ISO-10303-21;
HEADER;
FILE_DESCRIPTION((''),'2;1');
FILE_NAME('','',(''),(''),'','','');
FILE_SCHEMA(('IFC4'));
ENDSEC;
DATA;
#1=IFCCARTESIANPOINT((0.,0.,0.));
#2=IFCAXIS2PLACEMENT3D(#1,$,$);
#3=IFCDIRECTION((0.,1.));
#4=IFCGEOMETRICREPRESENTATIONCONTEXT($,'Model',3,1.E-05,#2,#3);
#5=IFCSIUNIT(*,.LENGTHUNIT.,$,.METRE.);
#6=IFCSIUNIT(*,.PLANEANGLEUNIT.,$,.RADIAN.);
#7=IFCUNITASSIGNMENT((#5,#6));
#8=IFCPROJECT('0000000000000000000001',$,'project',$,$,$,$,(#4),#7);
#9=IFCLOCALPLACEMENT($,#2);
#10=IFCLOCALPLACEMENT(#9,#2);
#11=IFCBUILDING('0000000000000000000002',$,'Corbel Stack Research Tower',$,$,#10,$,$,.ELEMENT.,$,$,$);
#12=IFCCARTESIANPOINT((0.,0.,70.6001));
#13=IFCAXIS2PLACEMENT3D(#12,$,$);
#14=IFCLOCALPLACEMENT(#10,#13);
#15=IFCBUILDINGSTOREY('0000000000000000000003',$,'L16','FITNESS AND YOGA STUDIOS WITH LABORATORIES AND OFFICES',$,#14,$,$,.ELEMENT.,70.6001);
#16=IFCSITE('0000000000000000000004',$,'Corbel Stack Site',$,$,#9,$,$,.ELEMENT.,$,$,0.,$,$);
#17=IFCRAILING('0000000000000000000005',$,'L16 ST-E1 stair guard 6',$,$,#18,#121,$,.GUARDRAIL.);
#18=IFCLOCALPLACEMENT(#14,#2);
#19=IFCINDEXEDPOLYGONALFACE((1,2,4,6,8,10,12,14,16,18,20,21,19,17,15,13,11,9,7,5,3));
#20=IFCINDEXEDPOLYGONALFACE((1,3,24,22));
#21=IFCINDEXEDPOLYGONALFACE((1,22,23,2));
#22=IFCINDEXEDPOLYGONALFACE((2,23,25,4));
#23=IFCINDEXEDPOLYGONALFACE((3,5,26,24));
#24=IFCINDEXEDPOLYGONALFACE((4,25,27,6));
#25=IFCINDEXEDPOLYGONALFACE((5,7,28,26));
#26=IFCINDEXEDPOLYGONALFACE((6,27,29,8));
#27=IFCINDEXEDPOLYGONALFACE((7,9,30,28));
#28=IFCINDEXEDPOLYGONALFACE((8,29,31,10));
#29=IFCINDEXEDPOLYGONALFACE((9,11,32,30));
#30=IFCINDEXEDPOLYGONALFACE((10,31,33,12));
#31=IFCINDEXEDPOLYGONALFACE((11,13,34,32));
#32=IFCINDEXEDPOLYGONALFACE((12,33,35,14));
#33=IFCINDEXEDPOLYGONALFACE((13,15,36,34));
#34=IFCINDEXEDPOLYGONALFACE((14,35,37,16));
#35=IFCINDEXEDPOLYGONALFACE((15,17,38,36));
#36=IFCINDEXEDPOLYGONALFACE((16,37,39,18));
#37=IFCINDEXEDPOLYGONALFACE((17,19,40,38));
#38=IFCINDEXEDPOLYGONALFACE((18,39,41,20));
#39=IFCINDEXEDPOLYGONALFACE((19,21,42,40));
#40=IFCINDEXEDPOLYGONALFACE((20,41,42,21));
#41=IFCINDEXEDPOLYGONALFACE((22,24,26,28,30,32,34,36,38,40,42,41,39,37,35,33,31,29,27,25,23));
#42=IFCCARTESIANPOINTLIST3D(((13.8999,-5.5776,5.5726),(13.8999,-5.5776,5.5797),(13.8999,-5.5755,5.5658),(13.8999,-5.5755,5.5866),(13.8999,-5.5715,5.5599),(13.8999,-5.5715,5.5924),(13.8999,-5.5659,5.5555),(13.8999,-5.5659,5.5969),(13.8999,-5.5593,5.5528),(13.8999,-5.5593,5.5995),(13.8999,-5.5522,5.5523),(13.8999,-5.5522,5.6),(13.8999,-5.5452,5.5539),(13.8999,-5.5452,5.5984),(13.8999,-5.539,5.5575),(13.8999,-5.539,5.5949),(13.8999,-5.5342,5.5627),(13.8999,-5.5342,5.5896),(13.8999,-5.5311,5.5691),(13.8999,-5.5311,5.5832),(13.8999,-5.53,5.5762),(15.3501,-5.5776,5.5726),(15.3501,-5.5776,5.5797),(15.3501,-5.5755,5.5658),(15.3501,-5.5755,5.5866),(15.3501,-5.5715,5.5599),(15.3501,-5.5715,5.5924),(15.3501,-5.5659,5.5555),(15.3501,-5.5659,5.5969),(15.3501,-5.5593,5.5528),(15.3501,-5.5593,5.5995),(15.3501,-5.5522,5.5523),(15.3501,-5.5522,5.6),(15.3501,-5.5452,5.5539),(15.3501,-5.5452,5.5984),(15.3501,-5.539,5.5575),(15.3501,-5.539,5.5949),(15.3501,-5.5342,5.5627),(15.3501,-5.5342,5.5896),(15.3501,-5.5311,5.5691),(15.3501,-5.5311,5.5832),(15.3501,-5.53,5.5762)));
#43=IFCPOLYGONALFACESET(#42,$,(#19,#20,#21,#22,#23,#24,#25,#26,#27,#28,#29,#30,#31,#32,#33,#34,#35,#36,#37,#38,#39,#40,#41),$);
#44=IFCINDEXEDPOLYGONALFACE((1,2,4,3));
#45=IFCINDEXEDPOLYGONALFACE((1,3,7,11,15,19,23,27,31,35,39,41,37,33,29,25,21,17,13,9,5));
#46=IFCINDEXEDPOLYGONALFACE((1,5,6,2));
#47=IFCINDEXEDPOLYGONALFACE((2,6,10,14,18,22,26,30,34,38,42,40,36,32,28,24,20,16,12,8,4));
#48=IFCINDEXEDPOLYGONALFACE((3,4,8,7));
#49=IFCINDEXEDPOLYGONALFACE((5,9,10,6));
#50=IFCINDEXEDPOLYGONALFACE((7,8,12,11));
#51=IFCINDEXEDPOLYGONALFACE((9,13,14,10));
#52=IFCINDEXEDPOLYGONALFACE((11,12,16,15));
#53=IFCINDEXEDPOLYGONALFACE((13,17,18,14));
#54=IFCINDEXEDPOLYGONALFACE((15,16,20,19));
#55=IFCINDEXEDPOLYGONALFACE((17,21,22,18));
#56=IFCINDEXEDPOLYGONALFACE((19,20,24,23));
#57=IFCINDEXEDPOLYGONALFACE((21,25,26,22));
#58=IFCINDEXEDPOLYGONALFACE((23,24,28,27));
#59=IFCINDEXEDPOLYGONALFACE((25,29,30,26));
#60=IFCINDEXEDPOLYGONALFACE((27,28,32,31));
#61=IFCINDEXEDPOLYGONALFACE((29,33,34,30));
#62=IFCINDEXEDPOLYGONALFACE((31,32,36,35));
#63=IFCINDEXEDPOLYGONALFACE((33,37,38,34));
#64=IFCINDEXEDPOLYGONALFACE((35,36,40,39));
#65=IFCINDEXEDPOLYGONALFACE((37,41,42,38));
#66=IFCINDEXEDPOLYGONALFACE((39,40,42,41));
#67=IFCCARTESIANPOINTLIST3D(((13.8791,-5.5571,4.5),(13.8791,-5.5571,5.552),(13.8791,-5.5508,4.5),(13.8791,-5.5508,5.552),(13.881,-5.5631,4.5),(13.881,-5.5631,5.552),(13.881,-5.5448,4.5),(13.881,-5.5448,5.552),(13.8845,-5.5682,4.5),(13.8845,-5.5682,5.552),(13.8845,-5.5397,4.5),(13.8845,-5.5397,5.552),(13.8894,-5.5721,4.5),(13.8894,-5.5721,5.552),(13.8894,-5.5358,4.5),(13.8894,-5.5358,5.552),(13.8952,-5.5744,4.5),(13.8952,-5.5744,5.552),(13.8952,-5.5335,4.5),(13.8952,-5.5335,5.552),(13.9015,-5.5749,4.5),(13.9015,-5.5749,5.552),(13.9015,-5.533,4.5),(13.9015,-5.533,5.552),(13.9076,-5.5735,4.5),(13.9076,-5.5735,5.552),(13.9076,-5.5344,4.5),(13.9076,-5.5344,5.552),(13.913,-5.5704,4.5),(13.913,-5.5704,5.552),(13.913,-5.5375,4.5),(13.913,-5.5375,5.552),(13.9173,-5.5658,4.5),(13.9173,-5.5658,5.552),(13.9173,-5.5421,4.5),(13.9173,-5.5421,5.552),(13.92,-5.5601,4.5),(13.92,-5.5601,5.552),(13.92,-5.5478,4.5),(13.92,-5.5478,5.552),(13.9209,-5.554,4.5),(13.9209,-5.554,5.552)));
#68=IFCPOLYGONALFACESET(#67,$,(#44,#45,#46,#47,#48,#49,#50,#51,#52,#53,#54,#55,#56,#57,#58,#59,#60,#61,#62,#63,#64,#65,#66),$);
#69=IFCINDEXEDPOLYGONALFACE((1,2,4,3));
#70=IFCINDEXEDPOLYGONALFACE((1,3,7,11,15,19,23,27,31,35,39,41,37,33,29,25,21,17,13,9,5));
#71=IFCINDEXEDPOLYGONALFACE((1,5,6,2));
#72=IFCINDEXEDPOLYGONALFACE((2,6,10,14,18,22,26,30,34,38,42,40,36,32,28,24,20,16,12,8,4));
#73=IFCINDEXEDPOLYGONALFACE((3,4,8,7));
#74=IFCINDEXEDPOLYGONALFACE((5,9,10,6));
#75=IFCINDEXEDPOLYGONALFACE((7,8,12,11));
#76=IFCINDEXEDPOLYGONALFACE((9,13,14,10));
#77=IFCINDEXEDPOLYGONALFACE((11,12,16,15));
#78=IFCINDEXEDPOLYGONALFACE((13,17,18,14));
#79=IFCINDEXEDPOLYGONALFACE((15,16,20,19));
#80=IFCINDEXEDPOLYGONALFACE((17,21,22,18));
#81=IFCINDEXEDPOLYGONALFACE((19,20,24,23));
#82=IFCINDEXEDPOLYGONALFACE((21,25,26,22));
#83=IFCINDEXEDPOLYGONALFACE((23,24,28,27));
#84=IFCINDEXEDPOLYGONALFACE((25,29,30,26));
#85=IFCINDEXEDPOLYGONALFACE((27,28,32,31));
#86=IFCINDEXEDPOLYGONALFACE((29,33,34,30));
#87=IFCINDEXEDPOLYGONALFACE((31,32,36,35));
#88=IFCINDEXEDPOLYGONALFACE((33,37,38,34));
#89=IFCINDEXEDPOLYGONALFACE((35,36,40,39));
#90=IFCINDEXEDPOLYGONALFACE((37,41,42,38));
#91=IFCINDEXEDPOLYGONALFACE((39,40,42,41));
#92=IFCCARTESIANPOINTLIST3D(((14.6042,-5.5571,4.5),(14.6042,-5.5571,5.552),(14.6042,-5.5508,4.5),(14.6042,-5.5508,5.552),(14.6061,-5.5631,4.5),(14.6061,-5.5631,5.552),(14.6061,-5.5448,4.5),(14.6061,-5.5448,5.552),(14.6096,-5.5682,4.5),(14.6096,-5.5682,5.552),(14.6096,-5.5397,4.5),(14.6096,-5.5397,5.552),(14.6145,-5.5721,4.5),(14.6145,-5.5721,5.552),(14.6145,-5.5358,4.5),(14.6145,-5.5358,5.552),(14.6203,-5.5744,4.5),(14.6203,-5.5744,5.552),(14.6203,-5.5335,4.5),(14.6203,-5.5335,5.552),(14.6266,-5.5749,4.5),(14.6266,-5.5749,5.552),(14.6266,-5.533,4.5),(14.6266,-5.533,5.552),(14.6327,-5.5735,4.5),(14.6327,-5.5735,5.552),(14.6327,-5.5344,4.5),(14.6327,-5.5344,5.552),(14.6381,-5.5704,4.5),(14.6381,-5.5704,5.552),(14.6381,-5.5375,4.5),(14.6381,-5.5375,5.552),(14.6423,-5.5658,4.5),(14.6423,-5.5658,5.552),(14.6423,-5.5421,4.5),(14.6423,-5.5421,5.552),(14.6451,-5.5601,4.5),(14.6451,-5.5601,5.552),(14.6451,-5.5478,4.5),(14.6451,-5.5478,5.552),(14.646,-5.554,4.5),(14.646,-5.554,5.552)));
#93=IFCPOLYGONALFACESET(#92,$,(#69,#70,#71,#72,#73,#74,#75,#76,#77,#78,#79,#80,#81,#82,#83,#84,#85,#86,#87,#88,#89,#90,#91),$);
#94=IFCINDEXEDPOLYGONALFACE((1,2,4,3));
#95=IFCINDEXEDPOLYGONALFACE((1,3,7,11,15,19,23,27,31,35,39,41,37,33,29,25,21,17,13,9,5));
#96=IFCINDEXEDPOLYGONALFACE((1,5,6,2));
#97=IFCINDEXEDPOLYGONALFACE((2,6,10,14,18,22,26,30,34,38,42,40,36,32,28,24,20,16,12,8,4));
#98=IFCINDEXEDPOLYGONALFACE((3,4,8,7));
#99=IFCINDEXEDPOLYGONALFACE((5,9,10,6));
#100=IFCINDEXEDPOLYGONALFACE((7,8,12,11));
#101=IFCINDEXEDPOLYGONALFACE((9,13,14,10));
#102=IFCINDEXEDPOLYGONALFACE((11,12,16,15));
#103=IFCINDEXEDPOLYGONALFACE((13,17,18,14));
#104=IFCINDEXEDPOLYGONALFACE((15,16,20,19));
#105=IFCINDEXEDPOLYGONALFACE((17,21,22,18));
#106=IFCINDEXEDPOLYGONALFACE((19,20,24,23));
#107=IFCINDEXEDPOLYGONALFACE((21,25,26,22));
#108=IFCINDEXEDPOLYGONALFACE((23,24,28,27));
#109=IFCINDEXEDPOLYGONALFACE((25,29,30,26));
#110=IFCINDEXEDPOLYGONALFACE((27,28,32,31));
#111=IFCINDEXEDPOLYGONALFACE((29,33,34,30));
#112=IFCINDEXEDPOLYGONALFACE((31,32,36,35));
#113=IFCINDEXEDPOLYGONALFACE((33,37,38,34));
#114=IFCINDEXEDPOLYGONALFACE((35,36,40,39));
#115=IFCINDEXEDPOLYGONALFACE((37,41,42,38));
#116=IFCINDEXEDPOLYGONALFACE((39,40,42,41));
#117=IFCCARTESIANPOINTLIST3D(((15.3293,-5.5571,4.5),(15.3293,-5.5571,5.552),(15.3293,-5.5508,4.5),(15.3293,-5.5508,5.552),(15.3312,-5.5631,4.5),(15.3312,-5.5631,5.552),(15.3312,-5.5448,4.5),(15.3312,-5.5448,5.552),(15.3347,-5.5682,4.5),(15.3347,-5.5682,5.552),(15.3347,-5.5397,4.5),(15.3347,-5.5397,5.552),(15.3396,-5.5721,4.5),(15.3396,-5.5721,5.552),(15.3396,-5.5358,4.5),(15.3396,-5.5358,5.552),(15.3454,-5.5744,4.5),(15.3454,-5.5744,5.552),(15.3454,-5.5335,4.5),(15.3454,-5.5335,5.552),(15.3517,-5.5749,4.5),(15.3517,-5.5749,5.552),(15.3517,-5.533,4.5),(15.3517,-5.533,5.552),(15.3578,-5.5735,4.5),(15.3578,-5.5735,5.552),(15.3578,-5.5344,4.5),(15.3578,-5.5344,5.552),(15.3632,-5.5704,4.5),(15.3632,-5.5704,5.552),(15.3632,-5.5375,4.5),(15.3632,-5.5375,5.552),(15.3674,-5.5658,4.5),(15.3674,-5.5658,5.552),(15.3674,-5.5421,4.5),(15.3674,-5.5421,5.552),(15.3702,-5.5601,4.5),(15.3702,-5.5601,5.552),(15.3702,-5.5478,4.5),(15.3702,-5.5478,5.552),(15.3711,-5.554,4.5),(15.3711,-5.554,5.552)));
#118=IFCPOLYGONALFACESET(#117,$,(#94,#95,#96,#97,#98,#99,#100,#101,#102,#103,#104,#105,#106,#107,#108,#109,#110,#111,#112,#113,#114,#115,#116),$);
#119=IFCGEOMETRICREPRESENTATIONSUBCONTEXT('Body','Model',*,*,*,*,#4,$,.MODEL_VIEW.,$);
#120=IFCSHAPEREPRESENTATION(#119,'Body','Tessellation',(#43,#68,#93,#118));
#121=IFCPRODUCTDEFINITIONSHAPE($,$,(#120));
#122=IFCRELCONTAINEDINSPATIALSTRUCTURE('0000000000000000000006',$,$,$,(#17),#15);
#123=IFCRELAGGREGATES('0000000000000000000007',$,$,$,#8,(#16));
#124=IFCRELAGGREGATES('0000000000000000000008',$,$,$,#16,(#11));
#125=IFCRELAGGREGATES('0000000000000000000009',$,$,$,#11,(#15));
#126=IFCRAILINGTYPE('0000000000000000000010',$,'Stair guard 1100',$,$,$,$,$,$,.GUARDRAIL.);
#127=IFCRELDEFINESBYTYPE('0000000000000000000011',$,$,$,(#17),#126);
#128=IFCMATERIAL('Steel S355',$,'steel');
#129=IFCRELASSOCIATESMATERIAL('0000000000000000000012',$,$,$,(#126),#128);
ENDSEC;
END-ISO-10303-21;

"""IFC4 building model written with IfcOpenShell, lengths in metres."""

from ifc_helpers import new_model, si_unit, direction, frame, origin, origin_2d, place, context, subcontext, project, spatial, circle, extrude, material, type_object, element, save


model = new_model("IFC4")

# Units and contexts
model_context = context("Model", 3, precision=1e-05, world=origin(), true_north=direction((0.0, 1.0)))
body_context = subcontext(model_context, "Body", "Model", "MODEL_VIEW")
ifc_project = project(units=[si_unit("LENGTHUNIT", "METRE"), si_unit("PLANEANGLEUNIT", "RADIAN")], contexts=[model_context])

# Site, building, storey
site_placement = place(None, origin())
site = spatial("IfcSite", under=ifc_project, at=site_placement, Name="Corbel Stack Site", CompositionType="ELEMENT", RefElevation=0.0)
building_placement = place(site_placement, origin())
building = spatial("IfcBuilding", under=site, at=building_placement, Name="Corbel Stack Research Tower", CompositionType="ELEMENT")
storey_placement = place(building_placement, frame((0.0, 0.0, 70.6001)))
storey = spatial("IfcBuildingStorey", under=building, at=storey_placement, Name="L16", Description="FITNESS AND YOGA STUDIOS WITH LABORATORIES AND OFFICES", CompositionType="ELEMENT", Elevation=70.6001)

# Railing
ifc_material_1 = material(Name="Steel S355", Category="steel")
railing_type_1 = type_object("IfcRailingType", Name="Stair guard 1100", PredefinedType="GUARDRAIL", material=ifc_material_1)
railing_1_placement = place(storey_placement, frame((13.8999, -5.554, 4.5)))
element("IfcRailing", 1, at=railing_1_placement, inside=storey, type_object=railing_type_1, Name="L16 ST-E1 stair guard 6", PredefinedType="GUARDRAIL", context=body_context, shape_type="SweptSolid", body=[
    extrude(circle(Radius=0.0239, at=origin_2d()), frame((0.0, 0.0, 1.0762), z_axis=(1.0, 0.0, 0.0), x_axis=(0.0, 1.0, 0.0)), (0.0, 0.0, 1.0), 1.4502),
    extrude(circle(Radius=0.021, at=origin_2d()), origin(), (0.0, 0.0, 1.0), 1.052),
    extrude(circle(Radius=0.021, at=origin_2d()), frame((0.7251, 0.0, 0.0)), (0.0, 0.0, 1.0), 1.052),
    extrude(circle(Radius=0.021, at=origin_2d()), frame((1.4502, 0.0, 0.0)), (0.0, 0.0, 1.0), 1.052),
])

save(model, "model.ifc")
